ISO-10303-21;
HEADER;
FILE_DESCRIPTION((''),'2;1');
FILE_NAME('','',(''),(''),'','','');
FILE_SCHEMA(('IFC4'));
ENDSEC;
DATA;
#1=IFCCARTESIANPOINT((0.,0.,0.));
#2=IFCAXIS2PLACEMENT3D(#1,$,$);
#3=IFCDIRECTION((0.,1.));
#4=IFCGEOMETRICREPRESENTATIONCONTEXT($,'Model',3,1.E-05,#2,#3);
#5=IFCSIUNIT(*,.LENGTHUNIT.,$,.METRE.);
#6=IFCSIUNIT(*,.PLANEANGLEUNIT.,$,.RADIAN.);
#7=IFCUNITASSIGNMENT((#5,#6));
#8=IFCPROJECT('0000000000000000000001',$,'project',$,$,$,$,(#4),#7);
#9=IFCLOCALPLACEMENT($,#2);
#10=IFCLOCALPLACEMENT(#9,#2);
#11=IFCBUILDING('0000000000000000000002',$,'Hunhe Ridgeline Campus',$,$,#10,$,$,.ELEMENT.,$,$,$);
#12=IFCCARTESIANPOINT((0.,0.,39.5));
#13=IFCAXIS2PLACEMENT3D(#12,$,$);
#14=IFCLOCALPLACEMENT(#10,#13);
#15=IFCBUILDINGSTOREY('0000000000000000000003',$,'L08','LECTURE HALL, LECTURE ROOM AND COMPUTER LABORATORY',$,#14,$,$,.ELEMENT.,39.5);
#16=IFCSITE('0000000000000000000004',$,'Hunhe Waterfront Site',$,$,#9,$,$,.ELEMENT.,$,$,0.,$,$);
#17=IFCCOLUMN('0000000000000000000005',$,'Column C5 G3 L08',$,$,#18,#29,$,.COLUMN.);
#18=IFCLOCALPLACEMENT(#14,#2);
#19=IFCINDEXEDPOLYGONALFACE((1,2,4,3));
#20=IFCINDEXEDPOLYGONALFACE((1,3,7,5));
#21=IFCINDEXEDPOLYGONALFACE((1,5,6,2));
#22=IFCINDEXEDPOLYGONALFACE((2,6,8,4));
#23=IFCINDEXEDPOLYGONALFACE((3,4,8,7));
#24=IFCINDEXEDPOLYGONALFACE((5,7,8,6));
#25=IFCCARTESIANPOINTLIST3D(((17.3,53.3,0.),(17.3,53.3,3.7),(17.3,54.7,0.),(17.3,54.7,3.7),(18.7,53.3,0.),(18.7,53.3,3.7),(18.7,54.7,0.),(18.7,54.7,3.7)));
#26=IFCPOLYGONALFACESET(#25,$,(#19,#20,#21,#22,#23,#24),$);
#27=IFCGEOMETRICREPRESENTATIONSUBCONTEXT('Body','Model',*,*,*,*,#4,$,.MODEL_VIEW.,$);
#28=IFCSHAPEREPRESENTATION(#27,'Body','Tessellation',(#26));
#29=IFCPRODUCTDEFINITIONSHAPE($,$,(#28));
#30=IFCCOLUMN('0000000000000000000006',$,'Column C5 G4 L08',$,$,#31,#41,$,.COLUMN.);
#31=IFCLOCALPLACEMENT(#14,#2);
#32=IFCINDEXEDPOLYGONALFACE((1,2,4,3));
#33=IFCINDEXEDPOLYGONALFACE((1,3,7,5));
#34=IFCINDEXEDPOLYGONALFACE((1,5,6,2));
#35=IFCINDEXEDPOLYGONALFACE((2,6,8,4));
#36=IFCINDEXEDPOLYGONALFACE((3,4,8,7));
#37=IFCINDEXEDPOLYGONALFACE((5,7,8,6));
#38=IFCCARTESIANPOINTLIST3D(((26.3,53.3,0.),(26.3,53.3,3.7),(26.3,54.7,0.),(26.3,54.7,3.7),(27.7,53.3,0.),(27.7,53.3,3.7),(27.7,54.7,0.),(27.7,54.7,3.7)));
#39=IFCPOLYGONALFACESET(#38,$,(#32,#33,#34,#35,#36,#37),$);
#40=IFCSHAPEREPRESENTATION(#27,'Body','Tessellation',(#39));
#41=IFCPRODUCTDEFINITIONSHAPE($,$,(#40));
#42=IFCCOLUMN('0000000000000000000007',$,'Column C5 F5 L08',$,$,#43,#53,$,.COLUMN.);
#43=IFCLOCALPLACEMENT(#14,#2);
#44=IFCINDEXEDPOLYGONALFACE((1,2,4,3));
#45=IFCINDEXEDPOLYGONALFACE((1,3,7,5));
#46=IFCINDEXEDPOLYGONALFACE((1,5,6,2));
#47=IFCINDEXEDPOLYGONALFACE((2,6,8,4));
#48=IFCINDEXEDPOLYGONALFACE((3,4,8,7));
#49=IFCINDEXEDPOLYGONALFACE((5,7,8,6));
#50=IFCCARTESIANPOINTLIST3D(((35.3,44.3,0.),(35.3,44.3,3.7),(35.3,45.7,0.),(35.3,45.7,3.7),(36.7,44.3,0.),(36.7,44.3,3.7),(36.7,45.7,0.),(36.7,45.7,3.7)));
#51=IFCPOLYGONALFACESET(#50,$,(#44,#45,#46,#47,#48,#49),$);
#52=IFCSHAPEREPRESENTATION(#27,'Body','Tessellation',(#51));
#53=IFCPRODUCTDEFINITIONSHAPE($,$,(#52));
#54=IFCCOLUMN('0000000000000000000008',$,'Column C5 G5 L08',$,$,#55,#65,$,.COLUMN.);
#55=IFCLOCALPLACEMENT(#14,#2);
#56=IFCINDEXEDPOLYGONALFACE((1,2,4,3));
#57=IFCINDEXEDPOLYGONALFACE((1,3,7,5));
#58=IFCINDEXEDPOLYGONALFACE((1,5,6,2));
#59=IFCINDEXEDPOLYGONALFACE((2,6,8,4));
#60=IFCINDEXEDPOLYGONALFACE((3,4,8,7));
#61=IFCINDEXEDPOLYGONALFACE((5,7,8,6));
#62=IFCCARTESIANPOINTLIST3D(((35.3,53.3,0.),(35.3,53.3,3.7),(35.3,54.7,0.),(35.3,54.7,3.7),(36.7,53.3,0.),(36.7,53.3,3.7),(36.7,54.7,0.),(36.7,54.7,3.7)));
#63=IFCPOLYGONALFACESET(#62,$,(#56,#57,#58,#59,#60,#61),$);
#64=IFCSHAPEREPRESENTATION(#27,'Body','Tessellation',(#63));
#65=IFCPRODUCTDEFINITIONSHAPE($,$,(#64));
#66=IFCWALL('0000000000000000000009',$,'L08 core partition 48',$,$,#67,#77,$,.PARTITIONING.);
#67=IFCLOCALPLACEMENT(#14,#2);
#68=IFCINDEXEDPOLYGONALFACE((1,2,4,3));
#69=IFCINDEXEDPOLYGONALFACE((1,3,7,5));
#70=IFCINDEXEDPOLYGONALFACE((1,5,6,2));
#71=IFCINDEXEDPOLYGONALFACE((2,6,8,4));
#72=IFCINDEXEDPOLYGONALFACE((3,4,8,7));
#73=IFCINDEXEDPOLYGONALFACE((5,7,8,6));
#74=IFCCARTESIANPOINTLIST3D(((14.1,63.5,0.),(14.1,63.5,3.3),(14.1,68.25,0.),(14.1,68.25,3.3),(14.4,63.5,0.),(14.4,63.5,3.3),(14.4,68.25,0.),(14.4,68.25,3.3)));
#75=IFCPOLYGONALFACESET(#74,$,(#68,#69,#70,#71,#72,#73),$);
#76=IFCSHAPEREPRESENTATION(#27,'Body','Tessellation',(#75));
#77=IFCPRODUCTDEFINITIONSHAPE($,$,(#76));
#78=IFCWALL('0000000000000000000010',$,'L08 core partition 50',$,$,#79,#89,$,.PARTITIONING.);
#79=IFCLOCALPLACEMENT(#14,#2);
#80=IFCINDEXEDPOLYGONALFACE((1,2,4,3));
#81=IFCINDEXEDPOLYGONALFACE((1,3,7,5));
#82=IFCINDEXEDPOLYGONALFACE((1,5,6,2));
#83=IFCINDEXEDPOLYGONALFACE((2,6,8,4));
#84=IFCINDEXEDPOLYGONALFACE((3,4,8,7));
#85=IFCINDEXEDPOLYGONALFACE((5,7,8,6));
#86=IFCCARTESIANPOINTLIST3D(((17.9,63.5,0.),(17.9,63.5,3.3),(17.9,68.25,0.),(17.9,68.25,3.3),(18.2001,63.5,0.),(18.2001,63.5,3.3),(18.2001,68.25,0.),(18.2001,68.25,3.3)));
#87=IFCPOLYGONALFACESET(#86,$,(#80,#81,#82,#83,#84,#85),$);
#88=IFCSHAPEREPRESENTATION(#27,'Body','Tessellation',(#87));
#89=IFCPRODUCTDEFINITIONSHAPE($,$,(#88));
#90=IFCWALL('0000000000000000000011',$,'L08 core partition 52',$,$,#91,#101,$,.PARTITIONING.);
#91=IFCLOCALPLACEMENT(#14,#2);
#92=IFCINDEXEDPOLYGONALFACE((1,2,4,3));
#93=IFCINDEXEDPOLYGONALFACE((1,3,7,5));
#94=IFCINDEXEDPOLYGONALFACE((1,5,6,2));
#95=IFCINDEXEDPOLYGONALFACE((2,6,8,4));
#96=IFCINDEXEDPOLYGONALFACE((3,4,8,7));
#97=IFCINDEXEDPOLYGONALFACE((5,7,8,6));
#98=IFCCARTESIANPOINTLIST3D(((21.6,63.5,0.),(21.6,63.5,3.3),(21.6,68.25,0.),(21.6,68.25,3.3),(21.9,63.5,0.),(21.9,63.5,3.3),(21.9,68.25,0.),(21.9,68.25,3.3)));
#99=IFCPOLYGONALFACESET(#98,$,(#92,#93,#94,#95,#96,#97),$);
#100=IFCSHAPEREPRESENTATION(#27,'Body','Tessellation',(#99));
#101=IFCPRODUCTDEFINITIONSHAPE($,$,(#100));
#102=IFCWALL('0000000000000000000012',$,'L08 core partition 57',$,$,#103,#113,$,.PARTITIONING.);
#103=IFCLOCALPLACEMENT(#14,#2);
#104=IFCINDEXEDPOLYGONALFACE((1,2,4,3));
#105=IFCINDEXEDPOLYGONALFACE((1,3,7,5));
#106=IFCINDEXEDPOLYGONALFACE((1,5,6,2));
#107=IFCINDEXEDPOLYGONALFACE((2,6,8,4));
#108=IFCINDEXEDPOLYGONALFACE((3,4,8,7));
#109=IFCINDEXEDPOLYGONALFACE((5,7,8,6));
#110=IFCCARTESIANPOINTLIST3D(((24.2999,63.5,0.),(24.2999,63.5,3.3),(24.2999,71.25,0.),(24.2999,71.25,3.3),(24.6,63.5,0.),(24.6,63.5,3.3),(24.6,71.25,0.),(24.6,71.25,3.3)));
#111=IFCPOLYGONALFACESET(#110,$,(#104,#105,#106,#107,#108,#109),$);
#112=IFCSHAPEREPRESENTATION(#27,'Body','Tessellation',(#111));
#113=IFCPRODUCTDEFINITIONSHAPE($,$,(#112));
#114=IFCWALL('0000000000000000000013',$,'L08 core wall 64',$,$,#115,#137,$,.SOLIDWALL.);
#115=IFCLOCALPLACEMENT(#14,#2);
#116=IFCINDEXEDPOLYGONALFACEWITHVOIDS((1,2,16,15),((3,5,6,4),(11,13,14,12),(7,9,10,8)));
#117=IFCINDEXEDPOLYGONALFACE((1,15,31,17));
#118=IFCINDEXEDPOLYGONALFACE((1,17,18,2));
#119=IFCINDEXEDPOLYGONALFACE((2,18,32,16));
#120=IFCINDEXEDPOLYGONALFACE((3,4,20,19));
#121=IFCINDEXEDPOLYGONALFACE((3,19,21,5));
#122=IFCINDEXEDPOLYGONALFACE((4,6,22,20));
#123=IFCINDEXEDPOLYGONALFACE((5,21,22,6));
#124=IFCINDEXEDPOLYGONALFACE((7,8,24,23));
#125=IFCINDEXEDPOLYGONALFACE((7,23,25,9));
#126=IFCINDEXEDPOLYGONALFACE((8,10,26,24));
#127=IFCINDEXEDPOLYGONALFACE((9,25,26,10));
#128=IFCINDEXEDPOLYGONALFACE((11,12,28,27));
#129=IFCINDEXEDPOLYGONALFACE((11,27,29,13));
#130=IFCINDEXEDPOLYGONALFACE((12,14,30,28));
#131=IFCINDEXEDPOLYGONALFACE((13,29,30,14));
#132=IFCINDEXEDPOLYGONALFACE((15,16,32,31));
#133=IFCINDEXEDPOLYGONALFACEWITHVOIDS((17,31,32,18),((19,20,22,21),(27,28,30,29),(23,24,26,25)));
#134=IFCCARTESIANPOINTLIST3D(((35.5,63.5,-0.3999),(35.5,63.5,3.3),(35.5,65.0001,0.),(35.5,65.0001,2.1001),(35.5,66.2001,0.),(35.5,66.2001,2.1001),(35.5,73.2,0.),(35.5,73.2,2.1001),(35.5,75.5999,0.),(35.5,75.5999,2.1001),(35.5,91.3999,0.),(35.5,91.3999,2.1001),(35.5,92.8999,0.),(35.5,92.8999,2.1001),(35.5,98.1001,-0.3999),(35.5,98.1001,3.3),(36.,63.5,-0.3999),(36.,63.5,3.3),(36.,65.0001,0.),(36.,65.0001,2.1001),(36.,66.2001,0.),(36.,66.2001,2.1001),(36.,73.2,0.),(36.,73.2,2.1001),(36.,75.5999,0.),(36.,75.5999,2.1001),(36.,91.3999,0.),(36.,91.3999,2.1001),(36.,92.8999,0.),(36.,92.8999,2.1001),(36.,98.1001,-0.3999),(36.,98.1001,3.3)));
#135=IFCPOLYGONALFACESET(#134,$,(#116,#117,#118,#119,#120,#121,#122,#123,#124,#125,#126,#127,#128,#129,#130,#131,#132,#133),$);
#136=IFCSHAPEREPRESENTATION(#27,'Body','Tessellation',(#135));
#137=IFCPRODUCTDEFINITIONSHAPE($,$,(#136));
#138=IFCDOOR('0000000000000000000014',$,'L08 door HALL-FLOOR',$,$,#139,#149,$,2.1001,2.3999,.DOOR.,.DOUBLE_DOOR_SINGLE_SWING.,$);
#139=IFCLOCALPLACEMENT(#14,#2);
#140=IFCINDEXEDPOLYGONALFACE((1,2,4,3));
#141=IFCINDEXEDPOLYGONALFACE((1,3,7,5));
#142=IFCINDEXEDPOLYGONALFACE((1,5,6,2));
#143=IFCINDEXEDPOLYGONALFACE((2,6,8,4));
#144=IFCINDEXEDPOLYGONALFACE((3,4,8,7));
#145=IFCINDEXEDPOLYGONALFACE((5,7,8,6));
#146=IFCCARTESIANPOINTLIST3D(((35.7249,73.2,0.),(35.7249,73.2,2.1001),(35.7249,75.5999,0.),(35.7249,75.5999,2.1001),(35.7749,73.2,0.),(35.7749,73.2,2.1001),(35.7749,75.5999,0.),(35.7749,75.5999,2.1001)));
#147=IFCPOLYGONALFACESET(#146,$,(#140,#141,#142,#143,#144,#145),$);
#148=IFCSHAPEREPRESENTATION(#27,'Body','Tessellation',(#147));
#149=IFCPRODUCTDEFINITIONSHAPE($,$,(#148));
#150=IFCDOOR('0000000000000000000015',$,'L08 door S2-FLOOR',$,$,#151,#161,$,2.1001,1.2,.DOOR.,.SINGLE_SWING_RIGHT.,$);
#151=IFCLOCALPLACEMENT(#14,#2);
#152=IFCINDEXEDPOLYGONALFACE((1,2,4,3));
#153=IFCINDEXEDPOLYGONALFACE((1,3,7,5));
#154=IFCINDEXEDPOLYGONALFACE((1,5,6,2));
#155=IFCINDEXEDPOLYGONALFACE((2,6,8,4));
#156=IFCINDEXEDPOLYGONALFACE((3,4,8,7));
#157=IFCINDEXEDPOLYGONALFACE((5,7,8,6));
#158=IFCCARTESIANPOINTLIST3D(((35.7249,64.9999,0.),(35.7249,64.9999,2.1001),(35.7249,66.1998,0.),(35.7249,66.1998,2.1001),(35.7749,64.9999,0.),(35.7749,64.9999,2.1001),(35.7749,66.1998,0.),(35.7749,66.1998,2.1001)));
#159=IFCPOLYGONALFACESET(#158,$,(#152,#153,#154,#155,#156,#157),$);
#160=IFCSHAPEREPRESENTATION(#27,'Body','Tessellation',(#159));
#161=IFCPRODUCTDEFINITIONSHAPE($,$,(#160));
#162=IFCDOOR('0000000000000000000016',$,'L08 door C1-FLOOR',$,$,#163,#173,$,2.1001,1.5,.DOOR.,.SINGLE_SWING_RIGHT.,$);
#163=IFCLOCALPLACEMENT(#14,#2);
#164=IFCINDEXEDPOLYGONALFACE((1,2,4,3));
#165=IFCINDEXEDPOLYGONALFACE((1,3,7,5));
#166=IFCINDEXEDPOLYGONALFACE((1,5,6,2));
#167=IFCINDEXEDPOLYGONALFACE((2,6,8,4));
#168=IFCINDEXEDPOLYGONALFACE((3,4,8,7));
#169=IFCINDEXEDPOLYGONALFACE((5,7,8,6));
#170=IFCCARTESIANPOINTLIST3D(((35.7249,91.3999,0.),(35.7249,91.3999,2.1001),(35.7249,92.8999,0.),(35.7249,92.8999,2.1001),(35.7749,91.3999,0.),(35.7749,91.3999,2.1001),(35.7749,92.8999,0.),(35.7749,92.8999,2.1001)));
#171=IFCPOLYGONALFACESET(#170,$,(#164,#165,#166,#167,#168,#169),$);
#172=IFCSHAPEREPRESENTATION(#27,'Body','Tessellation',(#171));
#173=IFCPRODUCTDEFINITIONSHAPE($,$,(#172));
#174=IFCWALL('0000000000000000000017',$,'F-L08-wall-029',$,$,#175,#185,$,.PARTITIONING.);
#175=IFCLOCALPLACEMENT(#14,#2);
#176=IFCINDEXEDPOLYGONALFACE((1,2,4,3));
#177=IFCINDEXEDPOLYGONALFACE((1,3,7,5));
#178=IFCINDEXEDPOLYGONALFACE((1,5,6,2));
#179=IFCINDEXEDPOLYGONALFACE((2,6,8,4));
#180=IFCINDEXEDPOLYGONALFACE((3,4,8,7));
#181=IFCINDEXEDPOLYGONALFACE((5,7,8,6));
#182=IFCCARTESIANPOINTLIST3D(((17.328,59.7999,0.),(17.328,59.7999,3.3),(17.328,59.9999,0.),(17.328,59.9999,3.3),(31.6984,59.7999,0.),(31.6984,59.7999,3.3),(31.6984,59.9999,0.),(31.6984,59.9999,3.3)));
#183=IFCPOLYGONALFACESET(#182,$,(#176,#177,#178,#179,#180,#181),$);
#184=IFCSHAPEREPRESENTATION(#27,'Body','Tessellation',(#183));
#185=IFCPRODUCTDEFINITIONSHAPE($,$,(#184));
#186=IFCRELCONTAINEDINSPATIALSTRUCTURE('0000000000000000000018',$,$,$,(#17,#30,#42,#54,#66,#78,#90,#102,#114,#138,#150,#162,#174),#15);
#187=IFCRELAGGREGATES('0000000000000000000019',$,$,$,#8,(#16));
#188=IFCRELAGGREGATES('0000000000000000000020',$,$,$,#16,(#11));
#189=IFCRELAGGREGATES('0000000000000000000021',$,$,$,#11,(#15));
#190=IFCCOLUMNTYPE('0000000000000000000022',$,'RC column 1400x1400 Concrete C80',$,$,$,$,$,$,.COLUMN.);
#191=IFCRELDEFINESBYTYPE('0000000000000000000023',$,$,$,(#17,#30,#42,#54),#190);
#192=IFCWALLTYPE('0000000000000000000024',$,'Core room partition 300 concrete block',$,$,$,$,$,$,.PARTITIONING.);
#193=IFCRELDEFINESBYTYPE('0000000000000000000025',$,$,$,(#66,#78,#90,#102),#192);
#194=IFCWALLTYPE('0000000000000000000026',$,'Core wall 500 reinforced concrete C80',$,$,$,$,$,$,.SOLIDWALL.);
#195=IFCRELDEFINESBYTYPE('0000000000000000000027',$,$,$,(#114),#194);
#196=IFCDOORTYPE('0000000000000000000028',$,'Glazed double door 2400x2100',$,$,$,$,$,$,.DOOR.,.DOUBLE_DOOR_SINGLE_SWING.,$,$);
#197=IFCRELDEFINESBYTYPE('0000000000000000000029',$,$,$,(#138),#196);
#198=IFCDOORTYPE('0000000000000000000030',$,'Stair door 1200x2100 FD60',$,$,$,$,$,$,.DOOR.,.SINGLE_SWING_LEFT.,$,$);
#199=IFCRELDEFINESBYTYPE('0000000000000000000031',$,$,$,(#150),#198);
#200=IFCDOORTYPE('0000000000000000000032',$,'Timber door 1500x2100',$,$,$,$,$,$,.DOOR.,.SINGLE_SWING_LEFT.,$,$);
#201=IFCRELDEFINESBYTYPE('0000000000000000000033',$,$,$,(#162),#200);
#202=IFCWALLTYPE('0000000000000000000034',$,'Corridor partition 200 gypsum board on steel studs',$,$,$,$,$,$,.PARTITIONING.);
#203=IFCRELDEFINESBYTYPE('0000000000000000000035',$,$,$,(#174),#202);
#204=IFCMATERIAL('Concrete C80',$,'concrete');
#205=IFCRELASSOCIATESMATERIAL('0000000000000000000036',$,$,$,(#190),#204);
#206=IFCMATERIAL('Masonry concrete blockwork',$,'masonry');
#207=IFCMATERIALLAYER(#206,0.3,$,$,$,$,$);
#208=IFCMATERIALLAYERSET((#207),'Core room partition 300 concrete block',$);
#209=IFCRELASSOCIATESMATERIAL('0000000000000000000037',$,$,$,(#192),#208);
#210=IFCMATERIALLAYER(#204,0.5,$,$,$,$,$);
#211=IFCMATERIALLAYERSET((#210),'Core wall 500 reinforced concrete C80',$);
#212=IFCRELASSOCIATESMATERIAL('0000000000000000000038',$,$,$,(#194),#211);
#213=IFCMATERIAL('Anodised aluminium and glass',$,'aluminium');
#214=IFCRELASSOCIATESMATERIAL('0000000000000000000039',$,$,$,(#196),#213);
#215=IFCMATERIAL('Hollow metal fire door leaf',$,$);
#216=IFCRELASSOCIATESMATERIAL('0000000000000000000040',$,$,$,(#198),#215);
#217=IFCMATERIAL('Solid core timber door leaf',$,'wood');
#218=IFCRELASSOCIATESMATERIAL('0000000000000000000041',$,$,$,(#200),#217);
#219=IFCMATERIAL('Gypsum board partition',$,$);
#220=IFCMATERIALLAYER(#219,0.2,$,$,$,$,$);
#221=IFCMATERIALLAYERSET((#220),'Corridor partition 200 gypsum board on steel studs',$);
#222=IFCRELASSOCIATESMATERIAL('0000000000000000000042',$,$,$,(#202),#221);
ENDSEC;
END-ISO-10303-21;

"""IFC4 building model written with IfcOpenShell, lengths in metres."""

from ifc_helpers import new_model, si_unit, direction, frame, frame_2d, origin, origin_2d, place, context, subcontext, project, spatial, rectangle, extrude, material, layer, layer_set, material_profile, profile_set, type_object, element, fill, save


model = new_model("IFC4")

# Units and contexts
model_context = context("Model", 3, precision=1e-05, world=origin(), true_north=direction((0.0, 1.0)))
body_context = subcontext(model_context, "Body", "Model", "MODEL_VIEW")
ifc_project = project(units=[si_unit("LENGTHUNIT", "METRE"), si_unit("PLANEANGLEUNIT", "RADIAN")], contexts=[model_context])

# Site, building, storey
site_placement = place(None, origin())
site = spatial("IfcSite", under=ifc_project, at=site_placement, Name="Hunhe Waterfront Site", CompositionType="ELEMENT", RefElevation=0.0)
building_placement = place(site_placement, origin())
building = spatial("IfcBuilding", under=site, at=building_placement, Name="Hunhe Ridgeline Campus", CompositionType="ELEMENT")
storey_placement = place(building_placement, frame((0.0, 0.0, 39.5)))
storey = spatial("IfcBuildingStorey", under=building, at=storey_placement, Name="L08", Description="LECTURE HALL, LECTURE ROOM AND COMPUTER LABORATORY", CompositionType="ELEMENT", Elevation=39.5)

# Columns
ifc_material_1 = material(Name="Concrete C80", Category="concrete")
ifc_material_profile = material_profile(ifc_material_1, rectangle(XDim=1.3999, YDim=1.3999, at=origin_2d()))
ifc_profile_set = profile_set([ifc_material_profile], Name="Concrete C80")
column_type = type_object("IfcColumnType", Name="RC column 1400x1400 Concrete C80", PredefinedType="COLUMN", material=ifc_profile_set)
for number, where, z_axis, x_axis, name in (
    (1, (18.0, 54.0, 0.0), (0.0, 0.0, 1.0), (1.0, 0.0, 0.0), "Column C5 G3 L08"),
    (2, (27.0, 54.0, 0.0), (0.0, 0.0, 1.0), (1.0, 0.0, 0.0), "Column C5 G4 L08"),
    (3, (36.0, 45.0, 0.0), (0.0, 0.0, 1.0), (1.0, 0.0, 0.0), "Column C5 F5 L08"),
    (4, (36.0, 54.0, 0.0), (0.0, 0.0, 1.0), (1.0, 0.0, 0.0), "Column C5 G5 L08"),
):
    element("IfcColumn", number, at=place(storey_placement, frame(where, z_axis=z_axis, x_axis=x_axis)), inside=storey, type_object=column_type, Name=name, PredefinedType="COLUMN", context=body_context, shape_type="SweptSolid", body=[
        extrude(rectangle(XDim=1.3999, YDim=1.3999, at=origin_2d()), origin(), (0.0, 0.0, 1.0), 3.7),
    ])

# Walls
ifc_material_2 = material(Name="Masonry concrete blockwork", Category="masonry")
ifc_layer_1 = layer(ifc_material_2, 0.3)
ifc_layer_set_1 = layer_set([ifc_layer_1], Name="Core room partition 300 concrete block")
wall_type_1 = type_object("IfcWallType", Name="Core room partition 300 concrete block", PredefinedType="PARTITIONING", material=ifc_layer_set_1)
for number, where, z_axis, x_axis, name in (
    (5, (14.25, 63.5, 0.0), (0.0, 0.0, 1.0), (0.0, 1.0, 0.0), "L08 core partition 48"),
    (6, (18.05, 63.5, 0.0), (0.0, 0.0, 1.0), (0.0, 1.0, 0.0), "L08 core partition 50"),
    (7, (21.75, 63.5, 0.0), (0.0, 0.0, 1.0), (0.0, 1.0, 0.0), "L08 core partition 52"),
):
    element("IfcWall", number, at=place(storey_placement, frame(where, z_axis=z_axis, x_axis=x_axis)), inside=storey, type_object=wall_type_1, Name=name, PredefinedType="PARTITIONING", context=body_context, shape_type="SweptSolid", body=[
        extrude(rectangle(XDim=4.75, YDim=0.3, at=frame_2d((2.375, 0.0))), origin(), (0.0, 0.0, 1.0), 3.3),
    ])
wall_1_placement = place(storey_placement, frame((24.45, 63.5, 0.0), z_axis=(0.0, 0.0, 1.0), x_axis=(0.0, 1.0, 0.0)))
element("IfcWall", 8, at=wall_1_placement, inside=storey, type_object=wall_type_1, Name="L08 core partition 57", PredefinedType="PARTITIONING", context=body_context, shape_type="SweptSolid", body=[
    extrude(rectangle(XDim=7.75, YDim=0.3, at=frame_2d((3.875, 0.0))), origin(), (0.0, 0.0, 1.0), 3.3),
])

# Wall, openings, doors
ifc_layer_2 = layer(ifc_material_1, 0.5)
ifc_layer_set_2 = layer_set([ifc_layer_2], Name="Core wall 500 reinforced concrete C80")
wall_type_2 = type_object("IfcWallType", Name="Core wall 500 reinforced concrete C80", PredefinedType="SOLIDWALL", material=ifc_layer_set_2)
wall_2_placement = place(storey_placement, frame((35.75, 63.5, -0.3999), z_axis=(0.0, 0.0, 1.0), x_axis=(0.0, 1.0, 0.0)))
wall_2 = element("IfcWall", 9, at=wall_2_placement, inside=storey, type_object=wall_type_2, Name="L08 core wall 64", PredefinedType="SOLIDWALL", context=body_context, shape_type="SweptSolid", body=[
    extrude(rectangle(XDim=34.6001, YDim=0.5, at=frame_2d((17.3, 0.0))), origin(), (0.0, 0.0, 1.0), 3.7),
])
opening_1_placement = place(wall_2_placement, frame((9.7, 0.0, 0.3999)))
opening_1 = element("IfcOpeningElement", 10, at=opening_1_placement, cuts=wall_2, PredefinedType="OPENING", context=body_context, shape_type="SweptSolid", body=[
    extrude(rectangle(XDim=2.3999, YDim=2.1001, at=frame_2d((1.2, 1.05))), frame((0.0, 0.25, 0.0), z_axis=(0.0, -1.0, 0.0), x_axis=(1.0, 0.0, 0.0)), (0.0, 0.0, 1.0), 0.5),
])
opening_2_placement = place(wall_2_placement, frame((27.8999, 0.0, 0.3999)))
opening_2 = element("IfcOpeningElement", 11, at=opening_2_placement, cuts=wall_2, PredefinedType="OPENING", context=body_context, shape_type="SweptSolid", body=[
    extrude(rectangle(XDim=1.5, YDim=2.1001, at=frame_2d((0.75, 1.05))), frame((0.0, 0.25, 0.0), z_axis=(0.0, -1.0, 0.0), x_axis=(1.0, 0.0, 0.0)), (0.0, 0.0, 1.0), 0.5),
])
opening_3_placement = place(wall_2_placement, frame((1.5, 0.0, 0.3999)))
opening_3 = element("IfcOpeningElement", 12, at=opening_3_placement, cuts=wall_2, PredefinedType="OPENING", context=body_context, shape_type="SweptSolid", body=[
    extrude(rectangle(XDim=1.2, YDim=2.1001, at=frame_2d((0.6001, 1.05))), frame((0.0, 0.25, 0.0), z_axis=(0.0, -1.0, 0.0), x_axis=(1.0, 0.0, 0.0)), (0.0, 0.0, 1.0), 0.5),
])
ifc_material_3 = material(Name="Anodised aluminium and glass", Category="aluminium")
door_type_1 = type_object("IfcDoorType", Name="Glazed double door 2400x2100", OperationType="DOUBLE_DOOR_SINGLE_SWING", PredefinedType="DOOR", material=ifc_material_3)
door_1_placement = place(opening_1_placement, frame((2.3999, 0.0, 0.0), z_axis=(0.0, 0.0, 1.0), x_axis=(-1.0, 0.0, 0.0)))
door_1 = element("IfcDoor", 13, at=door_1_placement, inside=storey, type_object=door_type_1, Name="L08 door HALL-FLOOR", OperationType="DOUBLE_DOOR_SINGLE_SWING", OverallHeight=2.1001, OverallWidth=2.3999, PredefinedType="DOOR", context=body_context, shape_type="SweptSolid", body=[
    extrude(rectangle(XDim=2.3999, YDim=2.1001, at=frame_2d((1.2, 1.05))), frame((0.0, 0.0249, 0.0), z_axis=(0.0, -1.0, 0.0), x_axis=(1.0, 0.0, 0.0)), (0.0, 0.0, 1.0), 0.05),
])
fill(opening_1, door_1)
ifc_material_4 = material(Name="Hollow metal fire door leaf")
door_type_2 = type_object("IfcDoorType", Name="Stair door 1200x2100 FD60", OperationType="SINGLE_SWING_LEFT", PredefinedType="DOOR", material=ifc_material_4)
door_2_placement = place(opening_3_placement, frame((1.2, 0.0, 0.0), z_axis=(0.0, 0.0, 1.0), x_axis=(-1.0, 0.0, 0.0)))
door_2 = element("IfcDoor", 14, at=door_2_placement, inside=storey, type_object=door_type_2, Name="L08 door S2-FLOOR", OperationType="SINGLE_SWING_RIGHT", OverallHeight=2.1001, OverallWidth=1.2, PredefinedType="DOOR", context=body_context, shape_type="SweptSolid", body=[
    extrude(rectangle(XDim=1.2, YDim=2.1001, at=frame_2d((0.6001, 1.05))), frame((0.0, 0.0249, 0.0), z_axis=(0.0, -1.0, 0.0), x_axis=(1.0, 0.0, 0.0)), (0.0, 0.0, 1.0), 0.05),
])
fill(opening_3, door_2)
ifc_material_5 = material(Name="Solid core timber door leaf", Category="wood")
door_type_3 = type_object("IfcDoorType", Name="Timber door 1500x2100", OperationType="SINGLE_SWING_LEFT", PredefinedType="DOOR", material=ifc_material_5)
door_3_placement = place(opening_2_placement, frame((1.5, 0.0, 0.0), z_axis=(0.0, 0.0, 1.0), x_axis=(-1.0, 0.0, 0.0)))
door_3 = element("IfcDoor", 15, at=door_3_placement, inside=storey, type_object=door_type_3, Name="L08 door C1-FLOOR", OperationType="SINGLE_SWING_RIGHT", OverallHeight=2.1001, OverallWidth=1.5, PredefinedType="DOOR", context=body_context, shape_type="SweptSolid", body=[
    extrude(rectangle(XDim=1.5, YDim=2.1001, at=frame_2d((0.75, 1.05))), frame((0.0, 0.0249, 0.0), z_axis=(0.0, -1.0, 0.0), x_axis=(1.0, 0.0, 0.0)), (0.0, 0.0, 1.0), 0.05),
])
fill(opening_2, door_3)

# Wall
ifc_material_6 = material(Name="Gypsum board partition")
ifc_layer_3 = layer(ifc_material_6, 0.2)
ifc_layer_set_3 = layer_set([ifc_layer_3], Name="Corridor partition 200 gypsum board on steel studs")
wall_type_3 = type_object("IfcWallType", Name="Corridor partition 200 gypsum board on steel studs", PredefinedType="PARTITIONING", material=ifc_layer_set_3)
wall_3_placement = place(storey_placement, frame((31.6982, 59.8999, 0.0), z_axis=(0.0, 0.0, 1.0), x_axis=(-1.0, 0.0, 0.0)))
element("IfcWall", 16, at=wall_3_placement, inside=storey, type_object=wall_type_3, Name="F-L08-wall-029", PredefinedType="PARTITIONING", context=body_context, shape_type="SweptSolid", body=[
    extrude(rectangle(XDim=14.3704, YDim=0.2, at=frame_2d((7.1851, 0.0))), origin(), (0.0, 0.0, 1.0), 3.3),
])

save(model, "model.ifc")
